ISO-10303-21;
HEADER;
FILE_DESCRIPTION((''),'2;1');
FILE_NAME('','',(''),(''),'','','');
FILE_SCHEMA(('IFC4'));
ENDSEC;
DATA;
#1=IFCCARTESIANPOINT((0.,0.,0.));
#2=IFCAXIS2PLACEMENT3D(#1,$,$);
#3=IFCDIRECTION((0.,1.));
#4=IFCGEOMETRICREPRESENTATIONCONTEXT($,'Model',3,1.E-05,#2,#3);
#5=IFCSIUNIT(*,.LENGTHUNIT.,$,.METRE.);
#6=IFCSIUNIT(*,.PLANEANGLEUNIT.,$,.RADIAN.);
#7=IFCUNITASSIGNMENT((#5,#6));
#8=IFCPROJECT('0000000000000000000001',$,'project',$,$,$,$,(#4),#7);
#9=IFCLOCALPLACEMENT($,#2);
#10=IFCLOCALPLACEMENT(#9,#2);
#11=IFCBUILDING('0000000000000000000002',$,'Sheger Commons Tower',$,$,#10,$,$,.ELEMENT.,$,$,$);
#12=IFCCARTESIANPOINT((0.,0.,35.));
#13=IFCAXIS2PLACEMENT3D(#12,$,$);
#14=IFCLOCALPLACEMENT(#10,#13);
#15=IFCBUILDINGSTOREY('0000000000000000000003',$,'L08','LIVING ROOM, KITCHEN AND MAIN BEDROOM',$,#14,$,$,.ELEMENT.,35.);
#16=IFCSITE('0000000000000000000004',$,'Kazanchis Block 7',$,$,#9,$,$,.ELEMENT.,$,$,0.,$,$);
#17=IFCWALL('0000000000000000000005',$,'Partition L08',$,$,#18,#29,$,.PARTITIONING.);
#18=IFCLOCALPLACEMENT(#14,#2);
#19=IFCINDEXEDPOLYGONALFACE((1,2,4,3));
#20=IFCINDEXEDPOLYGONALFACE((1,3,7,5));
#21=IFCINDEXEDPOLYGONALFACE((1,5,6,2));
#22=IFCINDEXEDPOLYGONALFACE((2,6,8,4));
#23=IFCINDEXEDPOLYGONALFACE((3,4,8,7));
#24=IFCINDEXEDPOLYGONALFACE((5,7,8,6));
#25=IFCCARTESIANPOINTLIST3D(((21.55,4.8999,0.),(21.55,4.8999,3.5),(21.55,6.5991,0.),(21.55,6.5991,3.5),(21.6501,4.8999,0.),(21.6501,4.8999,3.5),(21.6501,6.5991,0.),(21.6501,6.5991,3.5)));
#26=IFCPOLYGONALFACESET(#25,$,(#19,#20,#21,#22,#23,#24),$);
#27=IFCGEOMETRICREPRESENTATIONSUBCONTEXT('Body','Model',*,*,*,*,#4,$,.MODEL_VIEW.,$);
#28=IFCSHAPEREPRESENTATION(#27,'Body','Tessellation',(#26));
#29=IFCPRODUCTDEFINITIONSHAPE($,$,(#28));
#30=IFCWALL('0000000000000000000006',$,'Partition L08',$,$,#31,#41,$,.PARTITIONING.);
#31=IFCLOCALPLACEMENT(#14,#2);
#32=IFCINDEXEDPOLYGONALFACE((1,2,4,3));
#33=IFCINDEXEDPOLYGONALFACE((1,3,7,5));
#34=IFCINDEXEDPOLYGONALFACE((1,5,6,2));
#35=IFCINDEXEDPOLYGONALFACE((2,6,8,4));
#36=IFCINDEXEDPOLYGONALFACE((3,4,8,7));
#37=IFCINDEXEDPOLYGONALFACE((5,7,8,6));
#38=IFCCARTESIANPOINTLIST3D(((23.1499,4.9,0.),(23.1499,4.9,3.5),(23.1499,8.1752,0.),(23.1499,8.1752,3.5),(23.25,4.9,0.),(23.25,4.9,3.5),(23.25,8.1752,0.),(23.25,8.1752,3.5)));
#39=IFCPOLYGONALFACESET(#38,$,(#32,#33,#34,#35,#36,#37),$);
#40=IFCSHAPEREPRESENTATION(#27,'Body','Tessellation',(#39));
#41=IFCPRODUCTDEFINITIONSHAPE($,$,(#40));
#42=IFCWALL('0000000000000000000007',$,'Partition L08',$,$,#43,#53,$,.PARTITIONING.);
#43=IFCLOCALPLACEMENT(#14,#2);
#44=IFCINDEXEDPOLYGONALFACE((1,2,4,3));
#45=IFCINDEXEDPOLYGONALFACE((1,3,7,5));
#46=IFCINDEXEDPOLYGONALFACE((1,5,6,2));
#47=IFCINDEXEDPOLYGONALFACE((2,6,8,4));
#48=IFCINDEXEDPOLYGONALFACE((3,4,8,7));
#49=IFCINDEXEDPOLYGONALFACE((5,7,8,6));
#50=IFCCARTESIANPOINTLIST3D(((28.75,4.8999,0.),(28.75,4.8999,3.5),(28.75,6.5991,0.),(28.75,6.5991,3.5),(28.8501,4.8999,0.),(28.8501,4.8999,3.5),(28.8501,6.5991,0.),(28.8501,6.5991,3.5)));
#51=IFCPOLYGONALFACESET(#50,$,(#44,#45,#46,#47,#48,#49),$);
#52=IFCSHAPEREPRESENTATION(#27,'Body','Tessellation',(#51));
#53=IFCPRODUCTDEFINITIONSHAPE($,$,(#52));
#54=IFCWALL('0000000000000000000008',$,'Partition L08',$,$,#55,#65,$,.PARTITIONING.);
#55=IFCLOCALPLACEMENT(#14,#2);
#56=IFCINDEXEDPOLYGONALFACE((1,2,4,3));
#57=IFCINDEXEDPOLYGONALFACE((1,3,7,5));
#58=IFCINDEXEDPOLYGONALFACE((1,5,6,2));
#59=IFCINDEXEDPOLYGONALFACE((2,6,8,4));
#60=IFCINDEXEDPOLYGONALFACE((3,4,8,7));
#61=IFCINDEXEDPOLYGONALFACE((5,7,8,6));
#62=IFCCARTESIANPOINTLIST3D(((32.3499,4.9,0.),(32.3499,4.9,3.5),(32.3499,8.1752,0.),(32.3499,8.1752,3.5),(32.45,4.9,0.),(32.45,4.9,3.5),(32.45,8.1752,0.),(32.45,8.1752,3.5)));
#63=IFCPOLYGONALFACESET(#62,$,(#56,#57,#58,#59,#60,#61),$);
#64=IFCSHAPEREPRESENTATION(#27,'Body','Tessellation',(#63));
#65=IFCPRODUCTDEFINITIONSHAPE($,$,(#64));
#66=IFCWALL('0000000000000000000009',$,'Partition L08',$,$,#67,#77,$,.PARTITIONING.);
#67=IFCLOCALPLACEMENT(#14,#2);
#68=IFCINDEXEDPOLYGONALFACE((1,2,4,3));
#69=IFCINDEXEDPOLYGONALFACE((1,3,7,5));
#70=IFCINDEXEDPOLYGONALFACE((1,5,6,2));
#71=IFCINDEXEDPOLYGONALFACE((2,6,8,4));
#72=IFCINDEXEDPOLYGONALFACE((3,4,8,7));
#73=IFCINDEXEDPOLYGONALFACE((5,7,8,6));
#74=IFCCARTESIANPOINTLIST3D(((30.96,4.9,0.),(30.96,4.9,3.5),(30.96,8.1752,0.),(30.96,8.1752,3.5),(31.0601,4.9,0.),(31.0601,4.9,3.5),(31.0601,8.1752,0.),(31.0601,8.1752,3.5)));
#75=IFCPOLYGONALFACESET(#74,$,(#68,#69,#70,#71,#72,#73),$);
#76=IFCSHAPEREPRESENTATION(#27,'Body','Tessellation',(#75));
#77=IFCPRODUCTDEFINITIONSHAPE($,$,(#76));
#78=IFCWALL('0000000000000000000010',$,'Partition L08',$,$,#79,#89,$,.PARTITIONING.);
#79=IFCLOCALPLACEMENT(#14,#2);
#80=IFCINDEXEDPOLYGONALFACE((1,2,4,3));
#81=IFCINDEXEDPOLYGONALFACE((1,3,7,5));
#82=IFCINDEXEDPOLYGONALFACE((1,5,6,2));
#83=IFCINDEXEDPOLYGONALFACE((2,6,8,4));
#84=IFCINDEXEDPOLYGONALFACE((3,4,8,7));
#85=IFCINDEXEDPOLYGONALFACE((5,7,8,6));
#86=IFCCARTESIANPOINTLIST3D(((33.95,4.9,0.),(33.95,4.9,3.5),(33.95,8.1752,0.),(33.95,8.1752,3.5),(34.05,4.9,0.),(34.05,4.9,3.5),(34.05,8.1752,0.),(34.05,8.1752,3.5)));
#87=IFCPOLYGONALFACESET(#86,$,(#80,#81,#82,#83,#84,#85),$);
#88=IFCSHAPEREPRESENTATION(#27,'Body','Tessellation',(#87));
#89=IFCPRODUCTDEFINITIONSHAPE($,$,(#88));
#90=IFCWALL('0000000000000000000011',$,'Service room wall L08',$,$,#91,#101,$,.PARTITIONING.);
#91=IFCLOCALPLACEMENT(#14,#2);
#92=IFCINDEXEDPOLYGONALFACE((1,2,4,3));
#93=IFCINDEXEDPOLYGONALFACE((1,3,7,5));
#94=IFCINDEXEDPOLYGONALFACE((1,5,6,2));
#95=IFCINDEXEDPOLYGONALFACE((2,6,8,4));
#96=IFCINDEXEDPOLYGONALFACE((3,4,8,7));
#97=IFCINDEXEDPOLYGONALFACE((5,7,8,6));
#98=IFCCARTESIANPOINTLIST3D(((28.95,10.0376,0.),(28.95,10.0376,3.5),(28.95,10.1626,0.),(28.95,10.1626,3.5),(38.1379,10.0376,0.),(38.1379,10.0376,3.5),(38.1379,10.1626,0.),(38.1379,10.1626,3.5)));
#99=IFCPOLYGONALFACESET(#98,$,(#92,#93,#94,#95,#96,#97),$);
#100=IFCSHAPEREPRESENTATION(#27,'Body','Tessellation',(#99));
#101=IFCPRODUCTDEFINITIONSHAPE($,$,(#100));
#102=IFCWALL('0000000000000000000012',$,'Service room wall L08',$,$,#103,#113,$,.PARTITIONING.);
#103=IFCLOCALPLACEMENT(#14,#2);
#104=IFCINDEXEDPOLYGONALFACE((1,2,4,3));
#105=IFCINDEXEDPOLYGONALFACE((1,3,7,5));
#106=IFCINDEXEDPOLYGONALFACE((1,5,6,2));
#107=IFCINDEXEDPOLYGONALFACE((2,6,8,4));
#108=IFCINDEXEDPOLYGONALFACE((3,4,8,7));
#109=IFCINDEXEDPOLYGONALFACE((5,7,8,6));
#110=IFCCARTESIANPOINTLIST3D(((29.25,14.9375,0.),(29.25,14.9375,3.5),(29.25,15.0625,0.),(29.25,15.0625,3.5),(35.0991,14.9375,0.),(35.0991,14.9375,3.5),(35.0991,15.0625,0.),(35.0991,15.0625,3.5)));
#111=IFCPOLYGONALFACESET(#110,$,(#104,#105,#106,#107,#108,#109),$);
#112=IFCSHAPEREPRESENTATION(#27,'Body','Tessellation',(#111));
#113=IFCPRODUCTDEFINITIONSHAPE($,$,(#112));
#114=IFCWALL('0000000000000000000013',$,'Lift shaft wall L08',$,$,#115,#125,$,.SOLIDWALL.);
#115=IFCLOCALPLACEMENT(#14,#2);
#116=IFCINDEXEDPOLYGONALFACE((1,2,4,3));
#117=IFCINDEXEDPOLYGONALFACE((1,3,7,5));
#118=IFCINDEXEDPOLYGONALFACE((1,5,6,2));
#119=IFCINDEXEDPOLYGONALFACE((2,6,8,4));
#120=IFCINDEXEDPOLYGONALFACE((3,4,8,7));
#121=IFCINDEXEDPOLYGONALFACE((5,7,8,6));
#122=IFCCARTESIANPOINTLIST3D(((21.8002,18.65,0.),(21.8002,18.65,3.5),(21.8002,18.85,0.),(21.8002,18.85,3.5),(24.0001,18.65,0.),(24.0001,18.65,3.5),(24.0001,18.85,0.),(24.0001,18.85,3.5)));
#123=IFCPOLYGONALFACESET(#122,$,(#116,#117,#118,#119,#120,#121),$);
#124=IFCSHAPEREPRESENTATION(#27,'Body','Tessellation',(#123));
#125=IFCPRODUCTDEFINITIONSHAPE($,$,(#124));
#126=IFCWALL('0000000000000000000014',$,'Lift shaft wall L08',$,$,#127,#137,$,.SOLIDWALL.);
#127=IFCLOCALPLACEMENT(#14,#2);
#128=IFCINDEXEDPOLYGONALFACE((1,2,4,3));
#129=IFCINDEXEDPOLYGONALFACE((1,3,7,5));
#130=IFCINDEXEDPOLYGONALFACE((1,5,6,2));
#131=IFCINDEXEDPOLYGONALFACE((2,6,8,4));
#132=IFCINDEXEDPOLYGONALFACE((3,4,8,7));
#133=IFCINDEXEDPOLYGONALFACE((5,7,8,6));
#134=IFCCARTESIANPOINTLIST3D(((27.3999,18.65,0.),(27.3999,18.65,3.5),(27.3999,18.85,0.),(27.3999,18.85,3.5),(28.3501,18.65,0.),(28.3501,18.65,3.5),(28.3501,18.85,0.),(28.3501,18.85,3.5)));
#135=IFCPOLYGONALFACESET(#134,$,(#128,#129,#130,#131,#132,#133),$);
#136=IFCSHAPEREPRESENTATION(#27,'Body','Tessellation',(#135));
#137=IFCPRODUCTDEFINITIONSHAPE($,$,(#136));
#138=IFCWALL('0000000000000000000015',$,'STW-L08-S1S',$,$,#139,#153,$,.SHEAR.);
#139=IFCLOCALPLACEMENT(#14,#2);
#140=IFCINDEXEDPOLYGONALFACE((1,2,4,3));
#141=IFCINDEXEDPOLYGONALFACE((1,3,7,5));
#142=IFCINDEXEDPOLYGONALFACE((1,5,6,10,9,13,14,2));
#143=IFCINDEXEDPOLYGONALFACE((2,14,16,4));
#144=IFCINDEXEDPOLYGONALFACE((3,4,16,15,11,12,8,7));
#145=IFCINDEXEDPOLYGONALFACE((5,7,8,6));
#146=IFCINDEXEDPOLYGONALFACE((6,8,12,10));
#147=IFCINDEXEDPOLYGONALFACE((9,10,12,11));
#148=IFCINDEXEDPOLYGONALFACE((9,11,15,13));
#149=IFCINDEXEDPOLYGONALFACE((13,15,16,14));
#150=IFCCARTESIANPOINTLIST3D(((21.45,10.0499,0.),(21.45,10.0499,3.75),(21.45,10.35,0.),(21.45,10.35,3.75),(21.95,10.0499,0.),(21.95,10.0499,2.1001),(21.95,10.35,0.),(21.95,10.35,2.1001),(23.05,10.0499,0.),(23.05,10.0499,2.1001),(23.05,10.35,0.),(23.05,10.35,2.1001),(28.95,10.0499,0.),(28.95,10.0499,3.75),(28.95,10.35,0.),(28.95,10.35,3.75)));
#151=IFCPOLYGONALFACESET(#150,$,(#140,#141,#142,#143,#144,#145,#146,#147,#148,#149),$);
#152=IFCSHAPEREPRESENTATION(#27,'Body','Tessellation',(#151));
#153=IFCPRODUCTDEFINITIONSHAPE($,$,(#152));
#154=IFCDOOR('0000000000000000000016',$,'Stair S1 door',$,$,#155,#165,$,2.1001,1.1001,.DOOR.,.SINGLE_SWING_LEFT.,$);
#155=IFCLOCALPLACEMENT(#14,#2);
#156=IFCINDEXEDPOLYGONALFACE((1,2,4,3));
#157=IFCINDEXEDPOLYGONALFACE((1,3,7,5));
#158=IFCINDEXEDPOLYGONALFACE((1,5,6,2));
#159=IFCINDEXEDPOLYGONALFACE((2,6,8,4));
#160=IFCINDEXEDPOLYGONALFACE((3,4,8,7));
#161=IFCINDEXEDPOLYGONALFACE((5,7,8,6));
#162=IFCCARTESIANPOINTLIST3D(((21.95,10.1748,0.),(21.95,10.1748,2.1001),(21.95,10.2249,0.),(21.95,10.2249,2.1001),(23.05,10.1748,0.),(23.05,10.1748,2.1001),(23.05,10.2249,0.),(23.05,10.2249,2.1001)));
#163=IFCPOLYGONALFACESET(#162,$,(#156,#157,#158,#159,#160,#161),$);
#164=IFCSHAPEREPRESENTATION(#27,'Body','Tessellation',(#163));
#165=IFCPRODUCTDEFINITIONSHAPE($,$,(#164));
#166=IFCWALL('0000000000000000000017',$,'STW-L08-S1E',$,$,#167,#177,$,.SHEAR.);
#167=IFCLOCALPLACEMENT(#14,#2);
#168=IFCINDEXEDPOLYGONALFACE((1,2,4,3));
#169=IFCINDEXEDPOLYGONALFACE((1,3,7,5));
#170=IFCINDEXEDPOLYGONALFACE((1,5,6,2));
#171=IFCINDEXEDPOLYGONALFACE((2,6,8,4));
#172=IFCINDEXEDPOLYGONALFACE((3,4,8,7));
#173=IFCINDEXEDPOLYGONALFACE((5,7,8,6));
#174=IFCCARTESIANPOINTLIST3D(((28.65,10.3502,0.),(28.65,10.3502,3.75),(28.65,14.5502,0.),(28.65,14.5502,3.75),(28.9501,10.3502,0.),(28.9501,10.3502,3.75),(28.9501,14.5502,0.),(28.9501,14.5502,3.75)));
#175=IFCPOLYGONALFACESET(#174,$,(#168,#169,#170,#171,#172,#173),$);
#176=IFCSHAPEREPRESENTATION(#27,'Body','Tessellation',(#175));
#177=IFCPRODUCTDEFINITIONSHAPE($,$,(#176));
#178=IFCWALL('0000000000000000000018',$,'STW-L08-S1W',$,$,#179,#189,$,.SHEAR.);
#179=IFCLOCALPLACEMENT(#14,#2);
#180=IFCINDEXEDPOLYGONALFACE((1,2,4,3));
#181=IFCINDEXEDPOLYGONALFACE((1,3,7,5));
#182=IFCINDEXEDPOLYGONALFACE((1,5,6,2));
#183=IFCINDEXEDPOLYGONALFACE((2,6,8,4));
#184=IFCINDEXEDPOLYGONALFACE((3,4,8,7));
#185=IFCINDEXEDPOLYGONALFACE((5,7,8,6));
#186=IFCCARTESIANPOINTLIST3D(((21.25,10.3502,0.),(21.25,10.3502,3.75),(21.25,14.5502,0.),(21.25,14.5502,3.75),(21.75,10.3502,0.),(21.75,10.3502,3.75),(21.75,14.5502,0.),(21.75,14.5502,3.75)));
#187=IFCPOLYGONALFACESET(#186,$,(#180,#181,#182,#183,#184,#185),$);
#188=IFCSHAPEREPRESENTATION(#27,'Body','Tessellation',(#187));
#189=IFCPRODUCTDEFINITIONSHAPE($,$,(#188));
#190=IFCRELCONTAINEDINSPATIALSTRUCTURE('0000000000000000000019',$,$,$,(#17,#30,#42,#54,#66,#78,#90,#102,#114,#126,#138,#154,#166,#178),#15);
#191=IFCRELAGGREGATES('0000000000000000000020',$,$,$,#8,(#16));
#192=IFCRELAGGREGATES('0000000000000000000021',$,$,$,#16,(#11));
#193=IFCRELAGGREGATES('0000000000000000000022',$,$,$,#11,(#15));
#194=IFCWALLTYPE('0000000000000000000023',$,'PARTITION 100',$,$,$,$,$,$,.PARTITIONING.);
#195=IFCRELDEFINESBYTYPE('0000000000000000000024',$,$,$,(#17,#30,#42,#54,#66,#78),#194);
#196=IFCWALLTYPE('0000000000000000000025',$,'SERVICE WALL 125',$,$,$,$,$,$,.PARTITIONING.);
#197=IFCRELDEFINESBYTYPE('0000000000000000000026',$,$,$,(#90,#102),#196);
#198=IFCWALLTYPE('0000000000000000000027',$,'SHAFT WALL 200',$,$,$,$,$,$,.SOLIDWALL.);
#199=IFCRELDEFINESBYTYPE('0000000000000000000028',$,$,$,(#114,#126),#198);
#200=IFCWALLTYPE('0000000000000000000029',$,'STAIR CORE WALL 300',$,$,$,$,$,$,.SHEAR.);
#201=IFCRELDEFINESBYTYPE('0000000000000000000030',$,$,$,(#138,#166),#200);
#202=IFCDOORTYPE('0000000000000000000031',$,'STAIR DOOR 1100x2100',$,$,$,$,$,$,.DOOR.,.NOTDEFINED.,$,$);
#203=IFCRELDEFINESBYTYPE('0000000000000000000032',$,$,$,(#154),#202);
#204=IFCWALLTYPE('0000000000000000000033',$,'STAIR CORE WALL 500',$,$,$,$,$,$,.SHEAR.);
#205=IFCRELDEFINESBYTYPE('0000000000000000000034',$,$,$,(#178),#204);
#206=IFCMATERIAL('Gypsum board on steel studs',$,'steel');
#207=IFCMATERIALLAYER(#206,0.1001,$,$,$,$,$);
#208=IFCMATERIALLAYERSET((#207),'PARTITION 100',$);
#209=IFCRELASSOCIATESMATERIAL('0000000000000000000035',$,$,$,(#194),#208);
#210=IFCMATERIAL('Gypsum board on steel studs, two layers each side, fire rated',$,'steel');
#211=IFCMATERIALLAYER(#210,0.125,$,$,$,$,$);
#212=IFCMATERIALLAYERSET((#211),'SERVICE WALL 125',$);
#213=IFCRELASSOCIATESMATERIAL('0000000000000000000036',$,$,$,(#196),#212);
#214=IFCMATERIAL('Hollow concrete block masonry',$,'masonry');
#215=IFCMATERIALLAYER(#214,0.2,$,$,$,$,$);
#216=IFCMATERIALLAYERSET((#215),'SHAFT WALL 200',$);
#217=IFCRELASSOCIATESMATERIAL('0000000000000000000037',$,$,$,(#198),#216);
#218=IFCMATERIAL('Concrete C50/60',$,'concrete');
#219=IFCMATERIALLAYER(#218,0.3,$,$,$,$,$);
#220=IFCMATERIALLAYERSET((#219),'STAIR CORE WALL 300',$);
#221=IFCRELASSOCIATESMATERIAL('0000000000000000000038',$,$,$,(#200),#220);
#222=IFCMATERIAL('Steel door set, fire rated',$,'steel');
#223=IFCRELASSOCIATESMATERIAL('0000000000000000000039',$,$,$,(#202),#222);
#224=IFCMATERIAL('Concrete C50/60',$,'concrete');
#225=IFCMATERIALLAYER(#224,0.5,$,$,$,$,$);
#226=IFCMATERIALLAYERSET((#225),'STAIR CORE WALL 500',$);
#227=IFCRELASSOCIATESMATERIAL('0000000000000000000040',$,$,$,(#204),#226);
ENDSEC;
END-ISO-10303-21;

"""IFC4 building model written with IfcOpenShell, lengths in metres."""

from ifc_helpers import new_model, si_unit, direction, frame, frame_2d, origin, place, context, subcontext, project, spatial, rectangle, extrude, material, layer, layer_set, type_object, element, fill, save


model = new_model("IFC4")

# Units and contexts
model_context = context("Model", 3, precision=1e-05, world=origin(), true_north=direction((0.0, 1.0)))
body_context = subcontext(model_context, "Body", "Model", "MODEL_VIEW")
ifc_project = project(units=[si_unit("LENGTHUNIT", "METRE"), si_unit("PLANEANGLEUNIT", "RADIAN")], contexts=[model_context])

# Site, building, storey
site_placement = place(None, origin())
site = spatial("IfcSite", under=ifc_project, at=site_placement, Name="Kazanchis Block 7", CompositionType="ELEMENT", RefElevation=0.0)
building_placement = place(site_placement, origin())
building = spatial("IfcBuilding", under=site, at=building_placement, Name="Sheger Commons Tower", CompositionType="ELEMENT")
storey_placement = place(building_placement, frame((0.0, 0.0, 35.0)))
storey = spatial("IfcBuildingStorey", under=building, at=storey_placement, Name="L08", Description="LIVING ROOM, KITCHEN AND MAIN BEDROOM", CompositionType="ELEMENT", Elevation=35.0)

# Walls
ifc_material_1 = material(Name="Gypsum board on steel studs", Category="steel")
ifc_layer_1 = layer(ifc_material_1, 0.1001)
ifc_layer_set_1 = layer_set([ifc_layer_1], Name="PARTITION 100")
wall_type_1 = type_object("IfcWallType", Name="PARTITION 100", PredefinedType="PARTITIONING", material=ifc_layer_set_1)
wall_1_placement = place(storey_placement, frame((21.6001, 4.8999, 0.0), z_axis=(0.0, 0.0, 1.0), x_axis=(0.0, 1.0, 0.0)))
element("IfcWall", 1, at=wall_1_placement, inside=storey, type_object=wall_type_1, Name="Partition L08", PredefinedType="PARTITIONING", context=body_context, shape_type="SweptSolid", body=[
    extrude(rectangle(XDim=1.6992, YDim=0.1001, at=frame_2d((0.8496, 0.0))), origin(), (0.0, 0.0, 1.0), 3.5),
])
wall_2_placement = place(storey_placement, frame((23.2, 4.8999, 0.0), z_axis=(0.0, 0.0, 1.0), x_axis=(0.0, 1.0, 0.0)))
element("IfcWall", 2, at=wall_2_placement, inside=storey, type_object=wall_type_1, Name="Partition L08", PredefinedType="PARTITIONING", context=body_context, shape_type="SweptSolid", body=[
    extrude(rectangle(XDim=3.2751, YDim=0.1001, at=frame_2d((1.6377, 0.0))), origin(), (0.0, 0.0, 1.0), 3.5),
])
wall_3_placement = place(storey_placement, frame((28.8, 4.8999, 0.0), z_axis=(0.0, 0.0, 1.0), x_axis=(0.0, 1.0, 0.0)))
element("IfcWall", 3, at=wall_3_placement, inside=storey, type_object=wall_type_1, Name="Partition L08", PredefinedType="PARTITIONING", context=body_context, shape_type="SweptSolid", body=[
    extrude(rectangle(XDim=1.6992, YDim=0.1001, at=frame_2d((0.8496, 0.0))), origin(), (0.0, 0.0, 1.0), 3.5),
])
for number, where, z_axis, x_axis, name in (
    (4, (32.3999, 4.8999, 0.0), (0.0, 0.0, 1.0), (0.0, 1.0, 0.0), "Partition L08"),
    (5, (31.01, 4.8999, 0.0), (0.0, 0.0, 1.0), (0.0, 1.0, 0.0), "Partition L08"),
    (6, (34.0, 4.8999, 0.0), (0.0, 0.0, 1.0), (0.0, 1.0, 0.0), "Partition L08"),
):
    element("IfcWall", number, at=place(storey_placement, frame(where, z_axis=z_axis, x_axis=x_axis)), inside=storey, type_object=wall_type_1, Name=name, PredefinedType="PARTITIONING", context=body_context, shape_type="SweptSolid", body=[
        extrude(rectangle(XDim=3.2751, YDim=0.1001, at=frame_2d((1.6377, 0.0))), origin(), (0.0, 0.0, 1.0), 3.5),
    ])
ifc_material_2 = material(Name="Gypsum board on steel studs, two layers each side, fire rated", Category="steel")
ifc_layer_2 = layer(ifc_material_2, 0.125)
ifc_layer_set_2 = layer_set([ifc_layer_2], Name="SERVICE WALL 125")
wall_type_2 = type_object("IfcWallType", Name="SERVICE WALL 125", PredefinedType="PARTITIONING", material=ifc_layer_set_2)
wall_4_placement = place(storey_placement, frame((28.95, 10.1001, 0.0), z_axis=(0.0, 0.0, 1.0), x_axis=(1.0, 0.0, 0.0)))
element("IfcWall", 7, at=wall_4_placement, inside=storey, type_object=wall_type_2, Name="Service room wall L08", PredefinedType="PARTITIONING", context=body_context, shape_type="SweptSolid", body=[
    extrude(rectangle(XDim=9.188, YDim=0.125, at=frame_2d((4.594, 0.0))), origin(), (0.0, 0.0, 1.0), 3.5),
])
wall_5_placement = place(storey_placement, frame((29.25, 15.0, 0.0), z_axis=(0.0, 0.0, 1.0), x_axis=(1.0, 0.0, 0.0)))
element("IfcWall", 8, at=wall_5_placement, inside=storey, type_object=wall_type_2, Name="Service room wall L08", PredefinedType="PARTITIONING", context=body_context, shape_type="SweptSolid", body=[
    extrude(rectangle(XDim=5.8491, YDim=0.125, at=frame_2d((2.9246, 0.0))), origin(), (0.0, 0.0, 1.0), 3.5),
])
ifc_material_3 = material(Name="Hollow concrete block masonry", Category="masonry")
ifc_layer_3 = layer(ifc_material_3, 0.2)
ifc_layer_set_3 = layer_set([ifc_layer_3], Name="SHAFT WALL 200")
wall_type_3 = type_object("IfcWallType", Name="SHAFT WALL 200", PredefinedType="SOLIDWALL", material=ifc_layer_set_3)
wall_6_placement = place(storey_placement, frame((21.8, 18.75, 0.0), z_axis=(0.0, 0.0, 1.0), x_axis=(1.0, 0.0, 0.0)))
element("IfcWall", 9, at=wall_6_placement, inside=storey, type_object=wall_type_3, Name="Lift shaft wall L08", PredefinedType="SOLIDWALL", context=body_context, shape_type="SweptSolid", body=[
    extrude(rectangle(XDim=2.2, YDim=0.2, at=frame_2d((1.1001, 0.0))), origin(), (0.0, 0.0, 1.0), 3.5),
])
wall_7_placement = place(storey_placement, frame((27.3999, 18.75, 0.0), z_axis=(0.0, 0.0, 1.0), x_axis=(1.0, 0.0, 0.0)))
element("IfcWall", 10, at=wall_7_placement, inside=storey, type_object=wall_type_3, Name="Lift shaft wall L08", PredefinedType="SOLIDWALL", context=body_context, shape_type="SweptSolid", body=[
    extrude(rectangle(XDim=0.9502, YDim=0.2, at=frame_2d((0.4751, 0.0))), origin(), (0.0, 0.0, 1.0), 3.5),
])

# Wall, opening, door
ifc_material_4 = material(Name="Concrete C50/60", Category="concrete")
ifc_layer_4 = layer(ifc_material_4, 0.3)
ifc_layer_set_4 = layer_set([ifc_layer_4], Name="STAIR CORE WALL 300")
wall_type_4 = type_object("IfcWallType", Name="STAIR CORE WALL 300", PredefinedType="SHEAR", material=ifc_layer_set_4)
wall_8_placement = place(storey_placement, frame((21.45, 10.2, 0.0), z_axis=(0.0, 0.0, 1.0), x_axis=(1.0, 0.0, 0.0)))
wall_8 = element("IfcWall", 11, at=wall_8_placement, inside=storey, type_object=wall_type_4, Name="STW-L08-S1S", PredefinedType="SHEAR", context=body_context, shape_type="SweptSolid", body=[
    extrude(rectangle(XDim=7.5, YDim=0.3, at=frame_2d((3.75, 0.0))), origin(), (0.0, 0.0, 1.0), 3.75),
])
opening_1_placement = place(wall_8_placement, frame((0.5, 0.0, 0.0)))
opening_1 = element("IfcOpeningElement", 12, at=opening_1_placement, cuts=wall_8, PredefinedType="OPENING", context=body_context, shape_type="SweptSolid", body=[
    extrude(rectangle(XDim=1.1001, YDim=2.1001, at=frame_2d((0.55, 1.05))), frame((0.0, 0.1599, 0.0), z_axis=(0.0, -1.0, 0.0), x_axis=(1.0, 0.0, 0.0)), (0.0, 0.0, 1.0), 0.3201),
])
ifc_material_5 = material(Name="Steel door set, fire rated", Category="steel")
door_type_1 = type_object("IfcDoorType", Name="STAIR DOOR 1100x2100", OperationType="NOTDEFINED", PredefinedType="DOOR", material=ifc_material_5)
door_1_placement = place(opening_1_placement, origin())
door_1 = element("IfcDoor", 13, at=door_1_placement, inside=storey, type_object=door_type_1, Name="Stair S1 door", OperationType="SINGLE_SWING_LEFT", OverallHeight=2.1001, OverallWidth=1.1001, PredefinedType="DOOR", context=body_context, shape_type="SweptSolid", body=[
    extrude(rectangle(XDim=1.1001, YDim=2.1001, at=frame_2d((0.55, 1.05))), frame((0.0, 0.0249, 0.0), z_axis=(0.0, -1.0, 0.0), x_axis=(1.0, 0.0, 0.0)), (0.0, 0.0, 1.0), 0.05),
])
fill(opening_1, door_1)

# Walls
wall_9_placement = place(storey_placement, frame((28.8, 10.3501, 0.0), z_axis=(0.0, 0.0, 1.0), x_axis=(0.0, 1.0, 0.0)))
element("IfcWall", 14, at=wall_9_placement, inside=storey, type_object=wall_type_4, Name="STW-L08-S1E", PredefinedType="SHEAR", context=body_context, shape_type="SweptSolid", body=[
    extrude(rectangle(XDim=4.2, YDim=0.3, at=frame_2d((2.1001, 0.0))), origin(), (0.0, 0.0, 1.0), 3.75),
])
ifc_material_6 = material(Name="Concrete C50/60", Category="concrete")
ifc_layer_5 = layer(ifc_material_6, 0.5)
ifc_layer_set_5 = layer_set([ifc_layer_5], Name="STAIR CORE WALL 500")
wall_type_5 = type_object("IfcWallType", Name="STAIR CORE WALL 500", PredefinedType="SHEAR", material=ifc_layer_set_5)
wall_10_placement = place(storey_placement, frame((21.5, 10.3501, 0.0), z_axis=(0.0, 0.0, 1.0), x_axis=(0.0, 1.0, 0.0)))
element("IfcWall", 15, at=wall_10_placement, inside=storey, type_object=wall_type_5, Name="STW-L08-S1W", PredefinedType="SHEAR", context=body_context, shape_type="SweptSolid", body=[
    extrude(rectangle(XDim=4.2, YDim=0.5, at=frame_2d((2.1001, 0.0))), origin(), (0.0, 0.0, 1.0), 3.75),
])

save(model, "model.ifc")
